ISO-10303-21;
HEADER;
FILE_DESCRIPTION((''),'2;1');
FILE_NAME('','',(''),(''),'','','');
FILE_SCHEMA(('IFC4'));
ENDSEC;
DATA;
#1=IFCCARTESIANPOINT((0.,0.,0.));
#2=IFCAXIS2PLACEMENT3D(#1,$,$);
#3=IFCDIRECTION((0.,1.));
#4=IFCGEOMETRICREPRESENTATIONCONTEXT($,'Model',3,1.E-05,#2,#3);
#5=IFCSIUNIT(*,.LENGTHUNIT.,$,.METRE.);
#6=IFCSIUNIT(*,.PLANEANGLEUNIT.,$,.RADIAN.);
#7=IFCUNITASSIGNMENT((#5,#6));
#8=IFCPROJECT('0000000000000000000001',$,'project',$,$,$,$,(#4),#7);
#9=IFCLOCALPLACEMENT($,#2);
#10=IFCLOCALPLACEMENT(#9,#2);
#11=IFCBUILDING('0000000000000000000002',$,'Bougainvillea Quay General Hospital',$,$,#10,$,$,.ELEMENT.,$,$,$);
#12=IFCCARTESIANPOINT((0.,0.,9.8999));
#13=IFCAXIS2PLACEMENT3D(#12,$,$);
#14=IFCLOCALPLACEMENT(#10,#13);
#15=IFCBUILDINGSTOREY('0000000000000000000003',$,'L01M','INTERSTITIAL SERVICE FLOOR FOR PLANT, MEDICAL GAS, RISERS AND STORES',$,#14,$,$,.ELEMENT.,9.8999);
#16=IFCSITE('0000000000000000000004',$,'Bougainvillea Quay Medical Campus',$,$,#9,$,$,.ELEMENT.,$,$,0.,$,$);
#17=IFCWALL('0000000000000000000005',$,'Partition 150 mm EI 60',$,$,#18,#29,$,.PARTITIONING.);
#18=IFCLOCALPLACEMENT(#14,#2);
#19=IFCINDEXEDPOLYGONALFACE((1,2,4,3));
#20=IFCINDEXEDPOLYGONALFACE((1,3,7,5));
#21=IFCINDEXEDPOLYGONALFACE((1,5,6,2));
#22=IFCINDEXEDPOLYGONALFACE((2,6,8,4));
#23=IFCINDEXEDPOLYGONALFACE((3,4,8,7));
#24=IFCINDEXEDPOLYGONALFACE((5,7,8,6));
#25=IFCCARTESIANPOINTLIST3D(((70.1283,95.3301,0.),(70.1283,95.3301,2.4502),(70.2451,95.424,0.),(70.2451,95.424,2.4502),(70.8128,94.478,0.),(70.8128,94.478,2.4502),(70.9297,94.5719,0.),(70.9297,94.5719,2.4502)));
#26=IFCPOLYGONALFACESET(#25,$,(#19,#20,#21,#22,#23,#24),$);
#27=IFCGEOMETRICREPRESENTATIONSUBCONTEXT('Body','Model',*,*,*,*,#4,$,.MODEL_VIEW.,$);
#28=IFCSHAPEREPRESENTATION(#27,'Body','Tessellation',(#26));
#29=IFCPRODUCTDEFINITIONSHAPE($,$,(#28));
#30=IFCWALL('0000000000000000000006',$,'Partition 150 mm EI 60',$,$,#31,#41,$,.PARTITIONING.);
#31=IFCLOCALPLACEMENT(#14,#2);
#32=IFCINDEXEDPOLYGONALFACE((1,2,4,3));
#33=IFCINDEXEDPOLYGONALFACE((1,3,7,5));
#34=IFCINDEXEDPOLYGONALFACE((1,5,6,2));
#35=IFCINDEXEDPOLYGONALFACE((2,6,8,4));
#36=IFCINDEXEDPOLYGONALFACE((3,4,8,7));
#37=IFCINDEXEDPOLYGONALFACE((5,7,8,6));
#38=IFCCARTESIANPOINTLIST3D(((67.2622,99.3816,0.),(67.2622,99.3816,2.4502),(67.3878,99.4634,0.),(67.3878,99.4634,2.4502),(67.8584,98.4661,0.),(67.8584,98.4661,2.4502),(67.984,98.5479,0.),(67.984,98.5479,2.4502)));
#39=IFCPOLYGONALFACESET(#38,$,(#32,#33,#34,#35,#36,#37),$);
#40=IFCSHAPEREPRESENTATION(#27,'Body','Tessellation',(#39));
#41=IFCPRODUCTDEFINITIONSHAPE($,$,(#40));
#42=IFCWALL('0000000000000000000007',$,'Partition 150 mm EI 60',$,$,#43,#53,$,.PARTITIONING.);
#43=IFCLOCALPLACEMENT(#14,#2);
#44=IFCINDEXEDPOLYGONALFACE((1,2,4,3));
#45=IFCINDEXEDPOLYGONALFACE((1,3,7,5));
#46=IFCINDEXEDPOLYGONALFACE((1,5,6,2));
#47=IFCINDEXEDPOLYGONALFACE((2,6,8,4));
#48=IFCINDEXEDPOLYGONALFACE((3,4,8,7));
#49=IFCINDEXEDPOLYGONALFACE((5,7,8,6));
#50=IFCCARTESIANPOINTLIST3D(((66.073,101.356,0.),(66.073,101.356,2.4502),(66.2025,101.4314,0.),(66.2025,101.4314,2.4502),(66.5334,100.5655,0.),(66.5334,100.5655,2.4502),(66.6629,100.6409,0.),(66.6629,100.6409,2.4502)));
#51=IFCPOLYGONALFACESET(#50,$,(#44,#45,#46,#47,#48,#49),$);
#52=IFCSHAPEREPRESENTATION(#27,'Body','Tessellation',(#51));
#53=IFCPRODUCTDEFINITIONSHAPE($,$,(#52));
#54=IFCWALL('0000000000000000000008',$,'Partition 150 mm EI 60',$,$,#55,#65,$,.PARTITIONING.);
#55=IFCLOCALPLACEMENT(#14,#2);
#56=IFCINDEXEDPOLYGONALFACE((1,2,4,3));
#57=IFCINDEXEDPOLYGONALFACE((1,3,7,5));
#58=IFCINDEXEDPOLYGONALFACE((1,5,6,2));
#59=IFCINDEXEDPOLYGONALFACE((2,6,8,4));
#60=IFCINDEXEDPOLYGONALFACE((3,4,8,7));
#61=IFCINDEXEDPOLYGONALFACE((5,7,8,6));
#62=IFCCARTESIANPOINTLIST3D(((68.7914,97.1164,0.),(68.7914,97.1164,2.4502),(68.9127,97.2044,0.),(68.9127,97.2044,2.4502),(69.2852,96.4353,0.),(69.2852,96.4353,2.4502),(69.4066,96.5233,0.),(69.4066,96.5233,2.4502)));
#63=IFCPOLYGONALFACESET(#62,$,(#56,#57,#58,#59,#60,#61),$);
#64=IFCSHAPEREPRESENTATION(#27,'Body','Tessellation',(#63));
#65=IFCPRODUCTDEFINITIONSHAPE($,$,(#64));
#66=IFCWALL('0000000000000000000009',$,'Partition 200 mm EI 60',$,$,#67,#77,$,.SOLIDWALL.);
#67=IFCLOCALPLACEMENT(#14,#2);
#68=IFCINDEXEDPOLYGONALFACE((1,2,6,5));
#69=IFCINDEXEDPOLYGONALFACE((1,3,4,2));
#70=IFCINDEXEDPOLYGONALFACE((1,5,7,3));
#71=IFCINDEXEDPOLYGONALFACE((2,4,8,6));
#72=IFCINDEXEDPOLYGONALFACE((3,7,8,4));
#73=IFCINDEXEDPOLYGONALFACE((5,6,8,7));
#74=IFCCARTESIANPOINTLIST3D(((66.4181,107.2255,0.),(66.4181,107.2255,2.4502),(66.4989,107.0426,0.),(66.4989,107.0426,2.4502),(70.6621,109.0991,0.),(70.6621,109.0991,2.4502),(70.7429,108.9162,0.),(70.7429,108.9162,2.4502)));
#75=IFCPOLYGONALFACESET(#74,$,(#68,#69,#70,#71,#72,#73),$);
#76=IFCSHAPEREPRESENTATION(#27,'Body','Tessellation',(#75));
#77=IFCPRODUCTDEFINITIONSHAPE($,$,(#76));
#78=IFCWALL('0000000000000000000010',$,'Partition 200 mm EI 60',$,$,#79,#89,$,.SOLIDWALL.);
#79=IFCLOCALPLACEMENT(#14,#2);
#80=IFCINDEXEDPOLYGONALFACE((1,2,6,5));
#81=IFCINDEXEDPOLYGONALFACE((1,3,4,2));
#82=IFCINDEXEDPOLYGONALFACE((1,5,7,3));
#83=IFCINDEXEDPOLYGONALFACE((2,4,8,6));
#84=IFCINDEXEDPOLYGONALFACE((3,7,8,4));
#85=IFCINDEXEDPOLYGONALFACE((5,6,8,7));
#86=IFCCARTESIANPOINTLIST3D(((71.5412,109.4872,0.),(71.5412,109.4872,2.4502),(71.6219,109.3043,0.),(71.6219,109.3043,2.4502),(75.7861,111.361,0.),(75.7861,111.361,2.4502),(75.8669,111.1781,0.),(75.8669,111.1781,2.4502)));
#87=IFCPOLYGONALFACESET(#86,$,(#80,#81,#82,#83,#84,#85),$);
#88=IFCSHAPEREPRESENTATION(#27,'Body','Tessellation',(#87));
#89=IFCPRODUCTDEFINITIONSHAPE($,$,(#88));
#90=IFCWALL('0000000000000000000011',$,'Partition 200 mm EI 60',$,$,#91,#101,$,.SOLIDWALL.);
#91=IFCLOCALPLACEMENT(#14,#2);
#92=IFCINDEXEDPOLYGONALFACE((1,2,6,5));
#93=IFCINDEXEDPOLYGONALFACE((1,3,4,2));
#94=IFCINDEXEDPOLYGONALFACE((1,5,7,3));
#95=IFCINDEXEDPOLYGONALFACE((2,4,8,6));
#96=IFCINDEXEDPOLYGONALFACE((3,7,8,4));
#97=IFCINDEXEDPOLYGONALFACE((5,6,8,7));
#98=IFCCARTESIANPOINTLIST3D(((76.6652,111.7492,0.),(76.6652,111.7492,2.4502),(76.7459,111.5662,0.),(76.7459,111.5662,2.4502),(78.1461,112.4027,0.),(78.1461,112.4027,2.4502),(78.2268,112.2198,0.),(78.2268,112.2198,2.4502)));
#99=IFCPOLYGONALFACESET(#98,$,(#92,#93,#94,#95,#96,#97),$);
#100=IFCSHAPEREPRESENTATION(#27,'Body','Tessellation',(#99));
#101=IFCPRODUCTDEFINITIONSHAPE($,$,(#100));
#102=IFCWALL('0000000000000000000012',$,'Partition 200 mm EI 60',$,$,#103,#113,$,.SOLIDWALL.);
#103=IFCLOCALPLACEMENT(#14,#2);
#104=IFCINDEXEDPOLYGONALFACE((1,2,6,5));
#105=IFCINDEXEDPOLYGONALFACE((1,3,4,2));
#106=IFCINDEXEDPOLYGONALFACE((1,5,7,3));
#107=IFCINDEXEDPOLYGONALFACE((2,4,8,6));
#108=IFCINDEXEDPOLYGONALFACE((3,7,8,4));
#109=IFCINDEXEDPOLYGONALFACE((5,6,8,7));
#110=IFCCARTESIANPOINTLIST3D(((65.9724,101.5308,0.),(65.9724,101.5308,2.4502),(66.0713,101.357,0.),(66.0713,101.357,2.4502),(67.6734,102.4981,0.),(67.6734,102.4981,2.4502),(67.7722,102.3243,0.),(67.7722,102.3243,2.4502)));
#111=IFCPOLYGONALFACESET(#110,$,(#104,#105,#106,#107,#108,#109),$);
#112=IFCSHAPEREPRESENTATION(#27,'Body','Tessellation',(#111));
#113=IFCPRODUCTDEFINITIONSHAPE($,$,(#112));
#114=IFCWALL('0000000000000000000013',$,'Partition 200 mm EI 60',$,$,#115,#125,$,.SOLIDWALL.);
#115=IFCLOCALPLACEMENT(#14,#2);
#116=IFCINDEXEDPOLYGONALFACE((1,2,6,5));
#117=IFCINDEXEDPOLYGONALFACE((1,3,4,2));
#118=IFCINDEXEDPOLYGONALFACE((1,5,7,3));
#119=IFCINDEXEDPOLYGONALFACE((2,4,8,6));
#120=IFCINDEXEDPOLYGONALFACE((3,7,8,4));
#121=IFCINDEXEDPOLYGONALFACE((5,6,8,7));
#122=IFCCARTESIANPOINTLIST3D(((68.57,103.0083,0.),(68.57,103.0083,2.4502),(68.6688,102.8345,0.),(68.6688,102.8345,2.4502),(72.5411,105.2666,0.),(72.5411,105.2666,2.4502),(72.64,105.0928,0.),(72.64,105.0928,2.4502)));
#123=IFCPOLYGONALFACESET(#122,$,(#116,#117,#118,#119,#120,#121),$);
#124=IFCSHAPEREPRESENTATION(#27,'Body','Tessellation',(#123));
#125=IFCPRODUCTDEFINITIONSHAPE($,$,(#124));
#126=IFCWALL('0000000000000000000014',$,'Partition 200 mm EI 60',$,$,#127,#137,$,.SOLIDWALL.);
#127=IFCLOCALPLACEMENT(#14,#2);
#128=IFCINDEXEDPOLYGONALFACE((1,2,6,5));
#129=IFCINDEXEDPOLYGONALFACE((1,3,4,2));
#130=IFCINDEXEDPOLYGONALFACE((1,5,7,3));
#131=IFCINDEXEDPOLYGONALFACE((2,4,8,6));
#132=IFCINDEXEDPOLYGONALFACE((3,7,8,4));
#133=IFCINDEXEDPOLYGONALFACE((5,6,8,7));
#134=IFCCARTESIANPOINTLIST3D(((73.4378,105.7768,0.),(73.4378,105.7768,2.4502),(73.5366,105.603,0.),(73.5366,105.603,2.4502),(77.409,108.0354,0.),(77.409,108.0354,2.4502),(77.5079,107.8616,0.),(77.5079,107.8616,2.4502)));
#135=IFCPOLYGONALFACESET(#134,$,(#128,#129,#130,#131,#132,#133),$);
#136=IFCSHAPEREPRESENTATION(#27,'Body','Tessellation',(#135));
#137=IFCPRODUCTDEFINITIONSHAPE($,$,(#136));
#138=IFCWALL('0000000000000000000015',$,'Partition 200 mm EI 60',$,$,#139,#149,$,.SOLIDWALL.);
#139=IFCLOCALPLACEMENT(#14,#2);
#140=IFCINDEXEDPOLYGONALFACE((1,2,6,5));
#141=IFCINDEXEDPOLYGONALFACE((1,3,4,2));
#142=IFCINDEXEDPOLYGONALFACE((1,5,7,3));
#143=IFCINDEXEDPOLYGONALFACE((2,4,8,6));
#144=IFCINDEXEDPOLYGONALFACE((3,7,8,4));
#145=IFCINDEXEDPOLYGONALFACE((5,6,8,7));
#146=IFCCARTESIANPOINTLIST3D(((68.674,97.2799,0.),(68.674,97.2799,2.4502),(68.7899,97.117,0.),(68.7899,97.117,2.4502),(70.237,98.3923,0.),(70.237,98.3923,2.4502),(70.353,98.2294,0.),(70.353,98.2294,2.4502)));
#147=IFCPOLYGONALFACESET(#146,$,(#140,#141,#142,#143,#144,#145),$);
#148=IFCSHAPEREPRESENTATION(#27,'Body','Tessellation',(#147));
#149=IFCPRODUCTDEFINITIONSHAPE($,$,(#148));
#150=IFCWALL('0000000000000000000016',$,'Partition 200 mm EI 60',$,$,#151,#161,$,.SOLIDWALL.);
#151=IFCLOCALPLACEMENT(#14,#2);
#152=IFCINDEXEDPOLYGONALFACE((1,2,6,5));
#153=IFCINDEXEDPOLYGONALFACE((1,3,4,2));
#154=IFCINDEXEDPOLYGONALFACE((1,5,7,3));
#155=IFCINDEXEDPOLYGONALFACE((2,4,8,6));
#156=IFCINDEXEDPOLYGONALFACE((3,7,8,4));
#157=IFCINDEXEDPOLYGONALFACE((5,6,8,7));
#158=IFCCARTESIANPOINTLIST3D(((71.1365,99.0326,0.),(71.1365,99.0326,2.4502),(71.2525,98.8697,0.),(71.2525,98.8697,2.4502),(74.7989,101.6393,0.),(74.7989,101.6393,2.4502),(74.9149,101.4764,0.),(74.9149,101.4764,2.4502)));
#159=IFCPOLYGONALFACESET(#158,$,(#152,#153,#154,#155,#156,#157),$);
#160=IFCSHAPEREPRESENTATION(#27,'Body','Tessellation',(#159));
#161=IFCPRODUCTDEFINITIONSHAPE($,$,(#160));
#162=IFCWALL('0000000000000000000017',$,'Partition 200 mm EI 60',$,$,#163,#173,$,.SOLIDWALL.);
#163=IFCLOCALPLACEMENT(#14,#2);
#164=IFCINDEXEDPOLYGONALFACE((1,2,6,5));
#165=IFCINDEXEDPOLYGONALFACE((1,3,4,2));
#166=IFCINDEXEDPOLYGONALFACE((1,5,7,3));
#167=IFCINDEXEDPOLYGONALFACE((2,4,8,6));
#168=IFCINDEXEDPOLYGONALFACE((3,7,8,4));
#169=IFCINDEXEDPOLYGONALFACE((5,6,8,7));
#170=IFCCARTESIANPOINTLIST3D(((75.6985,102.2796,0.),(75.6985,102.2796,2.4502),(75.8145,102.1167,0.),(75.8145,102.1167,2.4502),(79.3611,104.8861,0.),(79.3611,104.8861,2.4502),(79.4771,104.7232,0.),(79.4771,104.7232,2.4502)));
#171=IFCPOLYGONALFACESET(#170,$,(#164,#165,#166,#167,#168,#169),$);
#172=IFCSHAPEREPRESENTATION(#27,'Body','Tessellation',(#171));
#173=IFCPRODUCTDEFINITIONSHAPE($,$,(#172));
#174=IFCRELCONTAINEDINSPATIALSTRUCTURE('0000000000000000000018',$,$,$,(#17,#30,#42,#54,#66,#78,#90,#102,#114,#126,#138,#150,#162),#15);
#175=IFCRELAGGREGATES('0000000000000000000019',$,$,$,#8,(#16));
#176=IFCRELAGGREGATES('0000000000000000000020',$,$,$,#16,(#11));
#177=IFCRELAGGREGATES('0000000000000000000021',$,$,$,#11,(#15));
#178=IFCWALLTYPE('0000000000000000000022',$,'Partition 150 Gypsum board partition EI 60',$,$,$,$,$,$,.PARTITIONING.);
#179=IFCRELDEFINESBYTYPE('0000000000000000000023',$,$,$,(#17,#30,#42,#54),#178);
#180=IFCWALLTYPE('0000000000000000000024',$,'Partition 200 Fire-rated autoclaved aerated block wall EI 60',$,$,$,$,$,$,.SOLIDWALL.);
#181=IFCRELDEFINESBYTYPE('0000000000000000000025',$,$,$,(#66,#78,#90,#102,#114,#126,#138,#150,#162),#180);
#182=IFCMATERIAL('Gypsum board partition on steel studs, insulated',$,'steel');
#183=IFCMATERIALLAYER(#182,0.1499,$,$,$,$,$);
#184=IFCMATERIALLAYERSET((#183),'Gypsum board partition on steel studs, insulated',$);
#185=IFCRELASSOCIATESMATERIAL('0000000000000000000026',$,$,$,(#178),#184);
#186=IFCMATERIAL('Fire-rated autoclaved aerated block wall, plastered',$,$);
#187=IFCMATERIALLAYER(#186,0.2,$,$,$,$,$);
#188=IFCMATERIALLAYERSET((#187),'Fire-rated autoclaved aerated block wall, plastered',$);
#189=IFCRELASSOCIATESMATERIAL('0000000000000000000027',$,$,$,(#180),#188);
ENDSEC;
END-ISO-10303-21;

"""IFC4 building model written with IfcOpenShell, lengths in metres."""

from ifc_helpers import new_model, si_unit, direction, frame, frame_2d, origin, place, context, subcontext, project, spatial, rectangle, extrude, material, layer, layer_set, type_object, element, save


model = new_model("IFC4")

# Units and contexts
model_context = context("Model", 3, precision=1e-05, world=origin(), true_north=direction((0.0, 1.0)))
body_context = subcontext(model_context, "Body", "Model", "MODEL_VIEW")
ifc_project = project(units=[si_unit("LENGTHUNIT", "METRE"), si_unit("PLANEANGLEUNIT", "RADIAN")], contexts=[model_context])

# Site, building, storey
site_placement = place(None, origin())
site = spatial("IfcSite", under=ifc_project, at=site_placement, Name="Bougainvillea Quay Medical Campus", CompositionType="ELEMENT", RefElevation=0.0)
building_placement = place(site_placement, origin())
building = spatial("IfcBuilding", under=site, at=building_placement, Name="Bougainvillea Quay General Hospital", CompositionType="ELEMENT")
storey_placement = place(building_placement, frame((0.0, 0.0, 9.8999)))
storey = spatial("IfcBuildingStorey", under=building, at=storey_placement, Name="L01M", Description="INTERSTITIAL SERVICE FLOOR FOR PLANT, MEDICAL GAS, RISERS AND STORES", CompositionType="ELEMENT", Elevation=9.8999)

# Shared definitions
ifc_material_1 = material(Name="Gypsum board partition on steel studs, insulated", Category="steel")
ifc_layer_1 = layer(ifc_material_1, 0.1499)
ifc_layer_set_1 = layer_set([ifc_layer_1], Name="Gypsum board partition on steel studs, insulated")
wall_type_1 = type_object("IfcWallType", Name="Partition 150 Gypsum board partition EI 60", PredefinedType="PARTITIONING", material=ifc_layer_set_1)

# Walls
wall_1_placement = place(storey_placement, frame((70.1868, 95.377, 0.0), z_axis=(0.0, 0.0, 1.0), x_axis=(0.626328, -0.77956, 0.0)))
element("IfcWall", 1, at=wall_1_placement, inside=storey, type_object=wall_type_1, Name="Partition 150 mm EI 60", PredefinedType="PARTITIONING", context=body_context, shape_type="SweptSolid", body=[
    extrude(rectangle(XDim=1.093, YDim=0.1499, at=frame_2d((0.5464, 0.0))), origin(), (0.0, 0.0, 1.0), 2.4502),
])
wall_2_placement = place(storey_placement, frame((67.325, 99.4226, 0.0), z_axis=(0.0, 0.0, 1.0), x_axis=(0.545695, -0.837984, 0.0)))
element("IfcWall", 2, at=wall_2_placement, inside=storey, type_object=wall_type_1, Name="Partition 150 mm EI 60", PredefinedType="PARTITIONING", context=body_context, shape_type="SweptSolid", body=[
    extrude(rectangle(XDim=1.0925, YDim=0.1499, at=frame_2d((0.5464, 0.0))), origin(), (0.0, 0.0, 1.0), 2.4502),
])
wall_3_placement = place(storey_placement, frame((66.1377, 101.3938, 0.0), z_axis=(0.0, 0.0, 1.0), x_axis=(0.503307, -0.864108, 0.0)))
element("IfcWall", 3, at=wall_3_placement, inside=storey, type_object=wall_type_1, Name="Partition 150 mm EI 60", PredefinedType="PARTITIONING", context=body_context, shape_type="SweptSolid", body=[
    extrude(rectangle(XDim=0.9148, YDim=0.1499, at=frame_2d((0.4575, 0.0))), origin(), (0.0, 0.0, 1.0), 2.4502),
])
wall_4_placement = place(storey_placement, frame((68.8521, 97.1604, 0.0), z_axis=(0.0, 0.0, 1.0), x_axis=(0.587015, -0.809576, 0.0)))
element("IfcWall", 4, at=wall_4_placement, inside=storey, type_object=wall_type_1, Name="Partition 150 mm EI 60", PredefinedType="PARTITIONING", context=body_context, shape_type="SweptSolid", body=[
    extrude(rectangle(XDim=0.8413, YDim=0.1499, at=frame_2d((0.4207, 0.0))), origin(), (0.0, 0.0, 1.0), 2.4502),
])
ifc_material_2 = material(Name="Fire-rated autoclaved aerated block wall, plastered")
ifc_layer_2 = layer(ifc_material_2, 0.2)
ifc_layer_set_2 = layer_set([ifc_layer_2], Name="Fire-rated autoclaved aerated block wall, plastered")
wall_type_2 = type_object("IfcWallType", Name="Partition 200 Fire-rated autoclaved aerated block wall EI 60", PredefinedType="SOLIDWALL", material=ifc_layer_set_2)
wall_5_placement = place(storey_placement, frame((66.4585, 107.134, 0.0), z_axis=(0.0, 0.0, 1.0), x_axis=(0.91482, 0.403862, 0.0)))
element("IfcWall", 5, at=wall_5_placement, inside=storey, type_object=wall_type_2, Name="Partition 200 mm EI 60", PredefinedType="SOLIDWALL", context=body_context, shape_type="SweptSolid", body=[
    extrude(rectangle(XDim=4.6392, YDim=0.2, at=frame_2d((2.3196, 0.0))), origin(), (0.0, 0.0, 1.0), 2.4502),
])
wall_6_placement = place(storey_placement, frame((71.5815, 109.3958, 0.0), z_axis=(0.0, 0.0, 1.0), x_axis=(0.914835, 0.403828, 0.0)))
element("IfcWall", 6, at=wall_6_placement, inside=storey, type_object=wall_type_2, Name="Partition 200 mm EI 60", PredefinedType="SOLIDWALL", context=body_context, shape_type="SweptSolid", body=[
    extrude(rectangle(XDim=4.6401, YDim=0.2, at=frame_2d((2.3201, 0.0))), origin(), (0.0, 0.0, 1.0), 2.4502),
])
wall_7_placement = place(storey_placement, frame((76.7056, 111.6577, 0.0), z_axis=(0.0, 0.0, 1.0), x_axis=(0.914872, 0.403744, 0.0)))
element("IfcWall", 7, at=wall_7_placement, inside=storey, type_object=wall_type_2, Name="Partition 200 mm EI 60", PredefinedType="SOLIDWALL", context=body_context, shape_type="SweptSolid", body=[
    extrude(rectangle(XDim=1.6187, YDim=0.2, at=frame_2d((0.8093, 0.0))), origin(), (0.0, 0.0, 1.0), 2.4502),
])
wall_8_placement = place(storey_placement, frame((66.0217, 101.4438, 0.0), z_axis=(0.0, 0.0, 1.0), x_axis=(0.86927, 0.494337, 0.0)))
element("IfcWall", 8, at=wall_8_placement, inside=storey, type_object=wall_type_2, Name="Partition 200 mm EI 60", PredefinedType="SOLIDWALL", context=body_context, shape_type="SweptSolid", body=[
    extrude(rectangle(XDim=1.9568, YDim=0.2, at=frame_2d((0.9785, 0.0))), origin(), (0.0, 0.0, 1.0), 2.4502),
])
wall_9_placement = place(storey_placement, frame((68.6194, 102.9214, 0.0), z_axis=(0.0, 0.0, 1.0), x_axis=(0.869274, 0.494331, 0.0)))
element("IfcWall", 9, at=wall_9_placement, inside=storey, type_object=wall_type_2, Name="Partition 200 mm EI 60", PredefinedType="SOLIDWALL", context=body_context, shape_type="SweptSolid", body=[
    extrude(rectangle(XDim=4.5684, YDim=0.2, at=frame_2d((2.2842, 0.0))), origin(), (0.0, 0.0, 1.0), 2.4502),
])
wall_10_placement = place(storey_placement, frame((73.4873, 105.6899, 0.0), z_axis=(0.0, 0.0, 1.0), x_axis=(0.869251, 0.494371, 0.0)))
element("IfcWall", 10, at=wall_10_placement, inside=storey, type_object=wall_type_2, Name="Partition 200 mm EI 60", PredefinedType="SOLIDWALL", context=body_context, shape_type="SweptSolid", body=[
    extrude(rectangle(XDim=4.5686, YDim=0.2, at=frame_2d((2.2842, 0.0))), origin(), (0.0, 0.0, 1.0), 2.4502),
])
wall_11_placement = place(storey_placement, frame((68.7319, 97.1985, 0.0), z_axis=(0.0, 0.0, 1.0), x_axis=(0.814747, 0.579817, 0.0)))
element("IfcWall", 11, at=wall_11_placement, inside=storey, type_object=wall_type_2, Name="Partition 200 mm EI 60", PredefinedType="SOLIDWALL", context=body_context, shape_type="SweptSolid", body=[
    extrude(rectangle(XDim=1.9185, YDim=0.2, at=frame_2d((0.9592, 0.0))), origin(), (0.0, 0.0, 1.0), 2.4502),
])
for number, where, z_axis, x_axis, name in (
    (12, (71.1946, 98.9512, 0.0), (0.0, 0.0, 1.0), (0.814708, 0.579871, 0.0), "Partition 200 mm EI 60"),
    (13, (75.7566, 102.1982, 0.0), (0.0, 0.0, 1.0), (0.814752, 0.579809, 0.0), "Partition 200 mm EI 60"),
):
    element("IfcWall", number, at=place(storey_placement, frame(where, z_axis=z_axis, x_axis=x_axis)), inside=storey, type_object=wall_type_2, Name=name, PredefinedType="SOLIDWALL", context=body_context, shape_type="SweptSolid", body=[
        extrude(rectangle(XDim=4.4954, YDim=0.2, at=frame_2d((2.2476, 0.0))), origin(), (0.0, 0.0, 1.0), 2.4502),
    ])

save(model, "model.ifc")
